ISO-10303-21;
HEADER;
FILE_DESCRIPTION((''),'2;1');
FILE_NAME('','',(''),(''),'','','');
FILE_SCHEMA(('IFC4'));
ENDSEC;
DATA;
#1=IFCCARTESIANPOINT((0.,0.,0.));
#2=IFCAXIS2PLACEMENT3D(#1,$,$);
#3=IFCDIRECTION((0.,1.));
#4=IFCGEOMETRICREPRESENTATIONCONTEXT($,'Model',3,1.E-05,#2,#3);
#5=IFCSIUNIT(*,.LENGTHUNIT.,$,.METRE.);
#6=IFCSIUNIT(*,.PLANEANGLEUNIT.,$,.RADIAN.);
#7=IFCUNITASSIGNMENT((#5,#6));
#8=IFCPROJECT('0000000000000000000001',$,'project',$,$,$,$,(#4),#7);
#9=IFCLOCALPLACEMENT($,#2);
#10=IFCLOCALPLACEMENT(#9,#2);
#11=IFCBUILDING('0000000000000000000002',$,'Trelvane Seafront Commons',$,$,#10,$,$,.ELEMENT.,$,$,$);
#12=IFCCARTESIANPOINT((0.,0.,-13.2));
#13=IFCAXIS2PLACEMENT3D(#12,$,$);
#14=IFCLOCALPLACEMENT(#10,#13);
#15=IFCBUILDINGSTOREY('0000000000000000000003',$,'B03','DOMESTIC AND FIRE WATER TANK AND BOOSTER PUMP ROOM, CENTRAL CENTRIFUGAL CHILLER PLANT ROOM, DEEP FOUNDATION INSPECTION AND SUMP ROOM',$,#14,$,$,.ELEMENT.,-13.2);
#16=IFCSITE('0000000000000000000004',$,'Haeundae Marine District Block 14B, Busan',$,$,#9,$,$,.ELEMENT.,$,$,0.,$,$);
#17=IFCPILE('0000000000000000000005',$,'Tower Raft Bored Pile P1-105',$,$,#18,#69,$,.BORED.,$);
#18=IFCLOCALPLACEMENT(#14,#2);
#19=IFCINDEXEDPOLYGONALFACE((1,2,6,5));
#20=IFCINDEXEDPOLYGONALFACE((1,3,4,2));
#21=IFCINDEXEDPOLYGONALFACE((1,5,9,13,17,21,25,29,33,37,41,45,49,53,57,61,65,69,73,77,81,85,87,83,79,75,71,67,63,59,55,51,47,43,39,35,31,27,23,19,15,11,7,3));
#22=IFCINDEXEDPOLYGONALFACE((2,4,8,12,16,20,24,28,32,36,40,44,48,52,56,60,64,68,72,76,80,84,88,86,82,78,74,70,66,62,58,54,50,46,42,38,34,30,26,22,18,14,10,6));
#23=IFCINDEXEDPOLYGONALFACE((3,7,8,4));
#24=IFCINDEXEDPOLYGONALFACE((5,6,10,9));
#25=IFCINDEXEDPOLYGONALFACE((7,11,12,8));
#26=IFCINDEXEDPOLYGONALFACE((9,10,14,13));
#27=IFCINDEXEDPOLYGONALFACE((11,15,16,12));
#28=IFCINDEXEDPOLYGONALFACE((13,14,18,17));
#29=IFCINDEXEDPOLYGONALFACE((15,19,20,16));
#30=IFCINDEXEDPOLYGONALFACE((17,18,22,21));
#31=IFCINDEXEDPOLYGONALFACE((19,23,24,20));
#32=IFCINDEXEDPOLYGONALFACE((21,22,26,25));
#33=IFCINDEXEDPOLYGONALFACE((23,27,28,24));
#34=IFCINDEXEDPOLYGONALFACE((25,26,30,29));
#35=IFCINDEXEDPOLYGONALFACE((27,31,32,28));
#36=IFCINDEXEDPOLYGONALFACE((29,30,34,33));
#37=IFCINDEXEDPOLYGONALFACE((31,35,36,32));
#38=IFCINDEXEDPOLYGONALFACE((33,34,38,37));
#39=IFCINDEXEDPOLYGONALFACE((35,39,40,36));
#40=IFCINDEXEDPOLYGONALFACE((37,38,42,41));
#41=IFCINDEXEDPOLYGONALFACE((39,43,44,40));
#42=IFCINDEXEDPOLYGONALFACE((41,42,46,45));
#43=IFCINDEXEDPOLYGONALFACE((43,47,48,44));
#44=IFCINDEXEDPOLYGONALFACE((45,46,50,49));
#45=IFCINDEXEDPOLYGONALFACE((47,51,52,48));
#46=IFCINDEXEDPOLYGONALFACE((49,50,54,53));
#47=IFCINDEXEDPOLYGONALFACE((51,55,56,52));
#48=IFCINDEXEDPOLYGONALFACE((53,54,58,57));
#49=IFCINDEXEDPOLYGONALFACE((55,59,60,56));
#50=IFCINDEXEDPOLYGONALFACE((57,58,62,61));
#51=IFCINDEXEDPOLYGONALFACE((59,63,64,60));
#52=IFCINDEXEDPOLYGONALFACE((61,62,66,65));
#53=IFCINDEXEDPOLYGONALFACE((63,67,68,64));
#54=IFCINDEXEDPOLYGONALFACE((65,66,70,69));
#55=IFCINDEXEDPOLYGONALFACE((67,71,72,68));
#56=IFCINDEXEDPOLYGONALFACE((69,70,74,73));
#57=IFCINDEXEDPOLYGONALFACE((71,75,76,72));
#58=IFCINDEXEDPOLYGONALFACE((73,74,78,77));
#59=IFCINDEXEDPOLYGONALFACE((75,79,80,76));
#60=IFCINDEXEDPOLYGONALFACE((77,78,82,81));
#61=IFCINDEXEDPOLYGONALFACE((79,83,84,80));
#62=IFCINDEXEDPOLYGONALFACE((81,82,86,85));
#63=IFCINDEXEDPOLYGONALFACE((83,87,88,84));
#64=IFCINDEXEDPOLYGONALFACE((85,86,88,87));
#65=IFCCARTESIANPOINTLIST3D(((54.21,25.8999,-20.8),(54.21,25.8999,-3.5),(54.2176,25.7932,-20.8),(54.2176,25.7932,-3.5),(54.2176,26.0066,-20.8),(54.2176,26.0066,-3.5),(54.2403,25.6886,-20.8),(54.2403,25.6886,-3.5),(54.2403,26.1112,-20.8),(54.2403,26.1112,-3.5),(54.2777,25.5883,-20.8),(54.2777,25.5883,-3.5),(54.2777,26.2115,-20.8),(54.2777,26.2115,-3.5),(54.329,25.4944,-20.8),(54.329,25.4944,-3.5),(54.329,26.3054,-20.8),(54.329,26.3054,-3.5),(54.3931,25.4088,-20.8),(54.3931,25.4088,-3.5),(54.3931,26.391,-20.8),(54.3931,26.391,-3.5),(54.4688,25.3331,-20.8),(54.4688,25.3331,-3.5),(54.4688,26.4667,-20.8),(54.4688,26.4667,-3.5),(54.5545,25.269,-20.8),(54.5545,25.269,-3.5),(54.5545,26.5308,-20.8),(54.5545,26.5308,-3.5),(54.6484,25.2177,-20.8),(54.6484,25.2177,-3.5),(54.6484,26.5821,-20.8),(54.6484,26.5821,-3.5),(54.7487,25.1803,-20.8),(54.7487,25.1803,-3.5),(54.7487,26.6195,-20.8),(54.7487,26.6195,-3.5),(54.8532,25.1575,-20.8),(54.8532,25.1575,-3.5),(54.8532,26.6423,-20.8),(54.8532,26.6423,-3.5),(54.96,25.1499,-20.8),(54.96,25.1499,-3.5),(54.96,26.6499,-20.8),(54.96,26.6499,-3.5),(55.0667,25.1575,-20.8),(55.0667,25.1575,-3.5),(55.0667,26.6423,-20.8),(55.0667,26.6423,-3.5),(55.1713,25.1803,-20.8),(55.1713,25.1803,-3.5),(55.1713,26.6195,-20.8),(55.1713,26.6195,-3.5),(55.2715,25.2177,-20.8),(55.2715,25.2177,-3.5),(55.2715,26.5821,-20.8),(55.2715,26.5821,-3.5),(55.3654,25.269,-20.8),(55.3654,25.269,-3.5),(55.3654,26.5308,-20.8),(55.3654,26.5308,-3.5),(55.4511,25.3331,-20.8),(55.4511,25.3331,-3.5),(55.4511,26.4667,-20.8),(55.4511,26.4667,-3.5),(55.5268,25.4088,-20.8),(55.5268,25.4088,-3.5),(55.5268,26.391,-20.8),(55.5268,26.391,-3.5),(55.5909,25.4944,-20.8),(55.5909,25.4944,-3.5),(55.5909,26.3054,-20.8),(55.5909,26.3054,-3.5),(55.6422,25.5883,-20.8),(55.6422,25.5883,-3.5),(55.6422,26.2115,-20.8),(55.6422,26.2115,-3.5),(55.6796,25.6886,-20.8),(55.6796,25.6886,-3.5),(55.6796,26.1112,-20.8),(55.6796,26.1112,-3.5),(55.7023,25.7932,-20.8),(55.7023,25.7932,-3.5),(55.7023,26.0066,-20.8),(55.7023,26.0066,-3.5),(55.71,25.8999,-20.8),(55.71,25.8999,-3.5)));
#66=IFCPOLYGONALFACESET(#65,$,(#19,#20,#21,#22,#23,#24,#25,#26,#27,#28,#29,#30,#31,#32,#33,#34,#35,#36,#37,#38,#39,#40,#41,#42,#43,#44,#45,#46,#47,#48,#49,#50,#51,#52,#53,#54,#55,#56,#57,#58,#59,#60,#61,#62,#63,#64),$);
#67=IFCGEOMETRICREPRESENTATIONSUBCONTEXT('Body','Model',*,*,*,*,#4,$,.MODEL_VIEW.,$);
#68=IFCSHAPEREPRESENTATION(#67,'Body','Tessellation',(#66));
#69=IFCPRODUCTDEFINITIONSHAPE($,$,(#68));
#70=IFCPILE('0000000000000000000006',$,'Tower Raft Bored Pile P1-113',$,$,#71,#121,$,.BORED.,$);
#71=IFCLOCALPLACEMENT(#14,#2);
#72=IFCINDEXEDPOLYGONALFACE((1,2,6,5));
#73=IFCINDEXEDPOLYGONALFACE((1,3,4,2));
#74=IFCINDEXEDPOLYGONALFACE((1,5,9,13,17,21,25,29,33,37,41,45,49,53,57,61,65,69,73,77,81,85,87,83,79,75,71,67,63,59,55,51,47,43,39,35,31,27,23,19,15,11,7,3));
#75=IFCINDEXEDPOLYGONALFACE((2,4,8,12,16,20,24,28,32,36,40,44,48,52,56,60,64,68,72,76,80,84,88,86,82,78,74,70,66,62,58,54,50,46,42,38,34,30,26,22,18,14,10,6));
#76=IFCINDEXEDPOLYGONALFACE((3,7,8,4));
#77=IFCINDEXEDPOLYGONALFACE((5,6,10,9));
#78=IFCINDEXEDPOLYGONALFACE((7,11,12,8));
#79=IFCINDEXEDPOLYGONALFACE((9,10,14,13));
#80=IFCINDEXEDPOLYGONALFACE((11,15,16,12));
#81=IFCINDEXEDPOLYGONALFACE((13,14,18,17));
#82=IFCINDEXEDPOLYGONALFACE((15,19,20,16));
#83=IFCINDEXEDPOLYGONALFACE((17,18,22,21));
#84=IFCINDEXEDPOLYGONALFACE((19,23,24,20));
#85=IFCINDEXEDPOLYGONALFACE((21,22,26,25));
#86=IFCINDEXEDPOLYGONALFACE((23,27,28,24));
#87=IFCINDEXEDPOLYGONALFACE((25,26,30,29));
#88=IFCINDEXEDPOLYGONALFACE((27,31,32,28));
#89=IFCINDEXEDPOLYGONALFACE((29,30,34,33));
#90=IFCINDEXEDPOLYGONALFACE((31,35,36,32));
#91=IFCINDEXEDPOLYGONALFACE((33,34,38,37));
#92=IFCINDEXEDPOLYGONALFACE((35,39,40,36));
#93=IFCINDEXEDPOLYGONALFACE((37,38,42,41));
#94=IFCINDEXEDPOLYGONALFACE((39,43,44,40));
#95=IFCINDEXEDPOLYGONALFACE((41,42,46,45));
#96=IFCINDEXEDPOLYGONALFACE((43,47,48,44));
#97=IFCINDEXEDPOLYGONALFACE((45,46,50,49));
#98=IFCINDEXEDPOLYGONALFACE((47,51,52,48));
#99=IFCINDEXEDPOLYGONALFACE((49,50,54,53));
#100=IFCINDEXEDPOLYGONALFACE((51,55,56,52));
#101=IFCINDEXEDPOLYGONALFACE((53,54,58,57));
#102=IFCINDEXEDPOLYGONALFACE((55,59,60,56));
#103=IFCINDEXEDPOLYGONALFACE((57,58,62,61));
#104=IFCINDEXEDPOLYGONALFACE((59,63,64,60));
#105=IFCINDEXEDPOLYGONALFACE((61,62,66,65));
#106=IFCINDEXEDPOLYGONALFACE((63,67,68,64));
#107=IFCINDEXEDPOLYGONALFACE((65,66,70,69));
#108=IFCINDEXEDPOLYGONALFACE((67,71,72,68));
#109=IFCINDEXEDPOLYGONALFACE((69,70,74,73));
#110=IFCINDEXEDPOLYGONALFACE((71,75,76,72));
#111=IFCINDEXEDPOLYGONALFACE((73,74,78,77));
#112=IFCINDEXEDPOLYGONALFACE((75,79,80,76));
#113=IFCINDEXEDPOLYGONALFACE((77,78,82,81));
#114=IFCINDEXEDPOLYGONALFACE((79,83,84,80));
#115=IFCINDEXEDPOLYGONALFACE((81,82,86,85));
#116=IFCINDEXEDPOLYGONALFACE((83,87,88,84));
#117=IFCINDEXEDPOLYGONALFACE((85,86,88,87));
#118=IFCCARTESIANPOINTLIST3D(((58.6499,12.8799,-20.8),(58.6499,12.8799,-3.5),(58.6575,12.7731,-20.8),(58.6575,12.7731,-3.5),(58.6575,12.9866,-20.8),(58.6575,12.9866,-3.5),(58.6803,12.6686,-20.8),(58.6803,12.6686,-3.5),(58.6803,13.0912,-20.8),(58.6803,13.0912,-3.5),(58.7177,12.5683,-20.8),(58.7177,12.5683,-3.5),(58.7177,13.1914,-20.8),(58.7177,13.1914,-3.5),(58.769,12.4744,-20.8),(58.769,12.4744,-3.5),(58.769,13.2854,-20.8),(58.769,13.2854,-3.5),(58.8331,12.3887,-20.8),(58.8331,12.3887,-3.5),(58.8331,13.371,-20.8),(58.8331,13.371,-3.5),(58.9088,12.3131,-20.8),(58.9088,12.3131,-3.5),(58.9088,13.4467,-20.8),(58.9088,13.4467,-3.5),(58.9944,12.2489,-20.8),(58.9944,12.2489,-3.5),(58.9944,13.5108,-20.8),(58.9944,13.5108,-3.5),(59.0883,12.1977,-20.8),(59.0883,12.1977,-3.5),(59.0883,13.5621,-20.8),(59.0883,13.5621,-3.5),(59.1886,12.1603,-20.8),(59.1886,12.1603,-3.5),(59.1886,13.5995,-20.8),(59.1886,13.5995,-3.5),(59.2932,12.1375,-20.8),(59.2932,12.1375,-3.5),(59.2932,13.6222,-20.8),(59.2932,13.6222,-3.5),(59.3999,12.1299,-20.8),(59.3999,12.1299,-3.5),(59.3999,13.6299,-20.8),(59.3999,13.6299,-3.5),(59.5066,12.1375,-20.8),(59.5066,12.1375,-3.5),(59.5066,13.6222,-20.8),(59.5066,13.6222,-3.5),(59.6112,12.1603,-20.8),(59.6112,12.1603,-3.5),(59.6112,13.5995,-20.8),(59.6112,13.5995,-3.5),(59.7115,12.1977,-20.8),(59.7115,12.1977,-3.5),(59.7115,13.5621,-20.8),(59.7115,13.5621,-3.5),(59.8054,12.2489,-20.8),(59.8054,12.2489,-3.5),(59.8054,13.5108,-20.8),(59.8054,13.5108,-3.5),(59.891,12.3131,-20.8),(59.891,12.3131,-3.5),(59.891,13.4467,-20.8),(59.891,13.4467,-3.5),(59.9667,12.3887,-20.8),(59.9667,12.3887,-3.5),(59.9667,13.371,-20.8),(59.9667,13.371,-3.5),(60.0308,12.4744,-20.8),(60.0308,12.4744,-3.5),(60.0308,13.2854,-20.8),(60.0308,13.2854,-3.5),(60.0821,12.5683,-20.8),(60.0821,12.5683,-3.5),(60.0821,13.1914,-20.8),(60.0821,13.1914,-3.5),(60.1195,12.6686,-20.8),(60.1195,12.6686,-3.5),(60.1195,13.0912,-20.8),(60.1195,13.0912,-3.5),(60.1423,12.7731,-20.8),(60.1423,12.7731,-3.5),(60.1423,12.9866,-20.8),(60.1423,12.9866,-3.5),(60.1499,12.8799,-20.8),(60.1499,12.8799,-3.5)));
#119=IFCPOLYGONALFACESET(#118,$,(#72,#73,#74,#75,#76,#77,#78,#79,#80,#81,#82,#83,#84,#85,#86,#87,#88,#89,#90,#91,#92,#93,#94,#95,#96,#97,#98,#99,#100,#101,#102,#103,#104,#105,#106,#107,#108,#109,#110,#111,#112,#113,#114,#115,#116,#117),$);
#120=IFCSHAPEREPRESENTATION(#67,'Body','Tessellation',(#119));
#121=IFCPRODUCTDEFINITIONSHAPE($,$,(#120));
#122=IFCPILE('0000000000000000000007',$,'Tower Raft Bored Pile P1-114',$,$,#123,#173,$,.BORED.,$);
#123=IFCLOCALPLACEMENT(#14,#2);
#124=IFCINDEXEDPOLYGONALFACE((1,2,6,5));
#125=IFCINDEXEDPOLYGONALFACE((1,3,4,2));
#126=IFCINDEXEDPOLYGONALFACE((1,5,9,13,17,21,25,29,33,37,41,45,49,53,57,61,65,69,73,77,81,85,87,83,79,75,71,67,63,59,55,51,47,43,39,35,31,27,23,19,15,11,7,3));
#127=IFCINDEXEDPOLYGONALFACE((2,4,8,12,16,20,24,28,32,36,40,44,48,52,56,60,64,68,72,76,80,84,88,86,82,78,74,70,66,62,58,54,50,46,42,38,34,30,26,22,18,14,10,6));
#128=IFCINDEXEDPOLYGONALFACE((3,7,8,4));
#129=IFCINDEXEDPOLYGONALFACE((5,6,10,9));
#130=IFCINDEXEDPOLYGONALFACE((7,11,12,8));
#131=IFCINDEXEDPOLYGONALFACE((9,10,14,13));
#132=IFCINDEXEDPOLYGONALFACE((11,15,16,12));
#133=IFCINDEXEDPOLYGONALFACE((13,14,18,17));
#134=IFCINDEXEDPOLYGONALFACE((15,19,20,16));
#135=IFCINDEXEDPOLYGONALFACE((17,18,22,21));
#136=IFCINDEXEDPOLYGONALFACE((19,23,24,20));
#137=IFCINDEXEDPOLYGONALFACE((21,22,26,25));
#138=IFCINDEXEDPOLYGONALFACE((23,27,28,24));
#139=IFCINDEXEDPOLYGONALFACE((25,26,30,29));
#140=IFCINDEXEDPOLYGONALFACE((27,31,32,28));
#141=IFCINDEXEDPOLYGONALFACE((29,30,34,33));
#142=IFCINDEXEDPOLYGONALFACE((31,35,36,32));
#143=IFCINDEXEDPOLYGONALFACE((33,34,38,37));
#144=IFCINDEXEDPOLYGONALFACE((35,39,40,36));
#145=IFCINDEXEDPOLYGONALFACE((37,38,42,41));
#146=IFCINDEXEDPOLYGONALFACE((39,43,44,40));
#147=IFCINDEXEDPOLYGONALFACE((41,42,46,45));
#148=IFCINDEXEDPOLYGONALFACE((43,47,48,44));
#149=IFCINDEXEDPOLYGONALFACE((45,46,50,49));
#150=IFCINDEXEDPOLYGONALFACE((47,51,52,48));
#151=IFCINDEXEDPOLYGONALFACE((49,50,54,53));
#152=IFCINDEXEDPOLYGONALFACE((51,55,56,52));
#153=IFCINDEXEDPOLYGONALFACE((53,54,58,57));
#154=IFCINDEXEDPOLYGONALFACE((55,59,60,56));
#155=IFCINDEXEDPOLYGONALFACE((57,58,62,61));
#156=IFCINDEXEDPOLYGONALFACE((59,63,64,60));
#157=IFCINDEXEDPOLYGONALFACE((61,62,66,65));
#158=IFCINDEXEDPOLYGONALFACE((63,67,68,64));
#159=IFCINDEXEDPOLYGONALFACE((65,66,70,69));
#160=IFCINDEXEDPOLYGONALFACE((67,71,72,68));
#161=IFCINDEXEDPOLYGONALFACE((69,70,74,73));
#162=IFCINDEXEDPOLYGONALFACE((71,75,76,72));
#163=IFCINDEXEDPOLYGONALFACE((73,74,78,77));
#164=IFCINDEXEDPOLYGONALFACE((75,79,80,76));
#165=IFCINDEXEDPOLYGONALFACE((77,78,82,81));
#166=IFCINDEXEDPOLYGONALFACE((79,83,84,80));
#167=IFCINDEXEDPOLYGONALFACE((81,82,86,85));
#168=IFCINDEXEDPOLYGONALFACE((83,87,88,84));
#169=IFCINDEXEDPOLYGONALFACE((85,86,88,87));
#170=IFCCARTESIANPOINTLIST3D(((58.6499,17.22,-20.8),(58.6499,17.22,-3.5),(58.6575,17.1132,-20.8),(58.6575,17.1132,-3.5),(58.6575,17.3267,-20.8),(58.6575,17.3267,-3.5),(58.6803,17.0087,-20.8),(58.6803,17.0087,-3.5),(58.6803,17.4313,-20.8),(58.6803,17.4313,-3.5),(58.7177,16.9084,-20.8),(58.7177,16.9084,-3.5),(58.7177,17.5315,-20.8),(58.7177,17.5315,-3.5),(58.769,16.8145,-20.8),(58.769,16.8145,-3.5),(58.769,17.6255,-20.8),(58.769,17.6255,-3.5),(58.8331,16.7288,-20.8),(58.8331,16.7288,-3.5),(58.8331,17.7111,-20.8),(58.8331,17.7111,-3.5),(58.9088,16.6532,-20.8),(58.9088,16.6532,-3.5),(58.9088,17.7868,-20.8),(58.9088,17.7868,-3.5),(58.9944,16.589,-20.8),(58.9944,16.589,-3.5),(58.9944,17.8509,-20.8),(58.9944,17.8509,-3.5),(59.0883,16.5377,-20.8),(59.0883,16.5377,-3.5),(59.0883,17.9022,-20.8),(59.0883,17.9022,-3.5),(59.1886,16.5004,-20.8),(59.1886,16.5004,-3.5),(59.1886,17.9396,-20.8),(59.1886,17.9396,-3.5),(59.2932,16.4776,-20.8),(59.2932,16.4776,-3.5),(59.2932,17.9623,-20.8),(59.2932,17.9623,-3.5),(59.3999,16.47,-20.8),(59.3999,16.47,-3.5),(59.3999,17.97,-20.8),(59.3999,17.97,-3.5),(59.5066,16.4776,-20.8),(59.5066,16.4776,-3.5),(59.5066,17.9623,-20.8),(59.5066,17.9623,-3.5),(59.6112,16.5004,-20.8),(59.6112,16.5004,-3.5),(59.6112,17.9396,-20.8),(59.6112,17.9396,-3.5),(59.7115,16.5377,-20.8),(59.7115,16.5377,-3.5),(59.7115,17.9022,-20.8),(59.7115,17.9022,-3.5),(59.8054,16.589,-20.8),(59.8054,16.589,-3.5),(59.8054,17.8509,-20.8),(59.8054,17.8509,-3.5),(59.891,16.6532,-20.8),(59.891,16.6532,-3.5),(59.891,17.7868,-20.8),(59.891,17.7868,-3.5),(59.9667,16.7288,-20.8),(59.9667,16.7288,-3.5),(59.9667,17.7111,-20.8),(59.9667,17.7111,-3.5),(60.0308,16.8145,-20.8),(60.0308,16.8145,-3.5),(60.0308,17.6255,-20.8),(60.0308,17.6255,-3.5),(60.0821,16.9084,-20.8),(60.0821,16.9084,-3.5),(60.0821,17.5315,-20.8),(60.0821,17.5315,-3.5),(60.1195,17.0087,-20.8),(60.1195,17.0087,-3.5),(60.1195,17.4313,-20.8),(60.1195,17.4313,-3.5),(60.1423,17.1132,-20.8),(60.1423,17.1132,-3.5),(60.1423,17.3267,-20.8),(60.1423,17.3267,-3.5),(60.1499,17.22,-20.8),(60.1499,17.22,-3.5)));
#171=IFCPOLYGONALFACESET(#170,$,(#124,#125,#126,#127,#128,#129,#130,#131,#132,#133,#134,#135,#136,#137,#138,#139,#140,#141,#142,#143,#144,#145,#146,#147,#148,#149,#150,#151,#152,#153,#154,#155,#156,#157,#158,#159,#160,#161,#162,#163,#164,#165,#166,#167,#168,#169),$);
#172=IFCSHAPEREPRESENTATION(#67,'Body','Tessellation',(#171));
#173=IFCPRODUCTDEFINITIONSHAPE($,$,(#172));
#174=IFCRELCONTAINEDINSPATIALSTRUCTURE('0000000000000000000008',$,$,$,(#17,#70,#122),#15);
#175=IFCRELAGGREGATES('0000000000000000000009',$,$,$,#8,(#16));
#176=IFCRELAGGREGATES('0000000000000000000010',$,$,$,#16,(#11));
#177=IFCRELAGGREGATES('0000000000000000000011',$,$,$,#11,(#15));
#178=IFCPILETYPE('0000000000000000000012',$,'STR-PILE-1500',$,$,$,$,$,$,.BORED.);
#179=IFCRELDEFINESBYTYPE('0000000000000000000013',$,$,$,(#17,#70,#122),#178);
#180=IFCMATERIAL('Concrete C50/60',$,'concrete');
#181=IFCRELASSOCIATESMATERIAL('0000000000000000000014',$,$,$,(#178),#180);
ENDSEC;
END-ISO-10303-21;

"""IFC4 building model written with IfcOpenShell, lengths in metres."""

from ifc_helpers import new_model, si_unit, direction, frame, origin, origin_2d, place, context, subcontext, project, spatial, circle, extrude, source, transform, mapped, material, material_profile, profile_set, type_object, element, save


model = new_model("IFC4")

# Units and contexts
model_context = context("Model", 3, precision=1e-05, world=origin(), true_north=direction((0.0, 1.0)))
body_context = subcontext(model_context, "Body", "Model", "MODEL_VIEW")
ifc_project = project(units=[si_unit("LENGTHUNIT", "METRE"), si_unit("PLANEANGLEUNIT", "RADIAN")], contexts=[model_context])

# Site, building, storey
site_placement = place(None, origin())
site = spatial("IfcSite", under=ifc_project, at=site_placement, Name="Haeundae Marine District Block 14B, Busan", CompositionType="ELEMENT", RefElevation=0.0)
building_placement = place(site_placement, origin())
building = spatial("IfcBuilding", under=site, at=building_placement, Name="Trelvane Seafront Commons", CompositionType="ELEMENT")
storey_placement = place(building_placement, frame((0.0, 0.0, -13.2)))
storey = spatial("IfcBuildingStorey", under=building, at=storey_placement, Name="B03", Description="DOMESTIC AND FIRE WATER TANK AND BOOSTER PUMP ROOM, CENTRAL CENTRIFUGAL CHILLER PLANT ROOM, DEEP FOUNDATION INSPECTION AND SUMP ROOM", CompositionType="ELEMENT", Elevation=-13.2)

# Piles
ifc_material_1 = material(Name="Concrete C50/60", Category="concrete")
ifc_material_profile_1 = material_profile(ifc_material_1, circle(Radius=0.75, at=origin_2d()), Name="PILE-1500")
ifc_profile_set_1 = profile_set([ifc_material_profile_1], Name="Concrete C50/60")
pile_type_1 = type_object("IfcPileType", Name="STR-PILE-1500", PredefinedType="BORED", material=ifc_profile_set_1)
shared_shape_1 = source(origin(), body_context, "Body", "SweptSolid", [
    extrude(circle(Radius=0.75, at=origin_2d()), origin(), (0.0, 0.0, 1.0), 17.3),
])
for number, where, z_axis, x_axis, name in (
    (1, (54.96, 25.8999, -3.5), (0.0, 0.0, -1.0), (1.0, 0.0, 0.0), "Tower Raft Bored Pile P1-105"),
    (2, (59.3999, 12.8799, -3.5), (0.0, 0.0, -1.0), (1.0, 0.0, 0.0), "Tower Raft Bored Pile P1-113"),
    (3, (59.3999, 17.22, -3.5), (0.0, 0.0, -1.0), (1.0, 0.0, 0.0), "Tower Raft Bored Pile P1-114"),
):
    element("IfcPile", number, at=place(storey_placement, frame(where, z_axis=z_axis, x_axis=x_axis)), inside=storey, type_object=pile_type_1, Name=name, PredefinedType="BORED", context=body_context, shape_type="MappedRepresentation", body=[
        mapped(shared_shape_1, transform((0.0, 0.0, 0.0), x_axis=(1.0, 0.0, 0.0), y_axis=(0.0, 1.0, 0.0), z_axis=(0.0, 0.0, 1.0), scale=1.0)),
    ])

save(model, "model.ifc")
